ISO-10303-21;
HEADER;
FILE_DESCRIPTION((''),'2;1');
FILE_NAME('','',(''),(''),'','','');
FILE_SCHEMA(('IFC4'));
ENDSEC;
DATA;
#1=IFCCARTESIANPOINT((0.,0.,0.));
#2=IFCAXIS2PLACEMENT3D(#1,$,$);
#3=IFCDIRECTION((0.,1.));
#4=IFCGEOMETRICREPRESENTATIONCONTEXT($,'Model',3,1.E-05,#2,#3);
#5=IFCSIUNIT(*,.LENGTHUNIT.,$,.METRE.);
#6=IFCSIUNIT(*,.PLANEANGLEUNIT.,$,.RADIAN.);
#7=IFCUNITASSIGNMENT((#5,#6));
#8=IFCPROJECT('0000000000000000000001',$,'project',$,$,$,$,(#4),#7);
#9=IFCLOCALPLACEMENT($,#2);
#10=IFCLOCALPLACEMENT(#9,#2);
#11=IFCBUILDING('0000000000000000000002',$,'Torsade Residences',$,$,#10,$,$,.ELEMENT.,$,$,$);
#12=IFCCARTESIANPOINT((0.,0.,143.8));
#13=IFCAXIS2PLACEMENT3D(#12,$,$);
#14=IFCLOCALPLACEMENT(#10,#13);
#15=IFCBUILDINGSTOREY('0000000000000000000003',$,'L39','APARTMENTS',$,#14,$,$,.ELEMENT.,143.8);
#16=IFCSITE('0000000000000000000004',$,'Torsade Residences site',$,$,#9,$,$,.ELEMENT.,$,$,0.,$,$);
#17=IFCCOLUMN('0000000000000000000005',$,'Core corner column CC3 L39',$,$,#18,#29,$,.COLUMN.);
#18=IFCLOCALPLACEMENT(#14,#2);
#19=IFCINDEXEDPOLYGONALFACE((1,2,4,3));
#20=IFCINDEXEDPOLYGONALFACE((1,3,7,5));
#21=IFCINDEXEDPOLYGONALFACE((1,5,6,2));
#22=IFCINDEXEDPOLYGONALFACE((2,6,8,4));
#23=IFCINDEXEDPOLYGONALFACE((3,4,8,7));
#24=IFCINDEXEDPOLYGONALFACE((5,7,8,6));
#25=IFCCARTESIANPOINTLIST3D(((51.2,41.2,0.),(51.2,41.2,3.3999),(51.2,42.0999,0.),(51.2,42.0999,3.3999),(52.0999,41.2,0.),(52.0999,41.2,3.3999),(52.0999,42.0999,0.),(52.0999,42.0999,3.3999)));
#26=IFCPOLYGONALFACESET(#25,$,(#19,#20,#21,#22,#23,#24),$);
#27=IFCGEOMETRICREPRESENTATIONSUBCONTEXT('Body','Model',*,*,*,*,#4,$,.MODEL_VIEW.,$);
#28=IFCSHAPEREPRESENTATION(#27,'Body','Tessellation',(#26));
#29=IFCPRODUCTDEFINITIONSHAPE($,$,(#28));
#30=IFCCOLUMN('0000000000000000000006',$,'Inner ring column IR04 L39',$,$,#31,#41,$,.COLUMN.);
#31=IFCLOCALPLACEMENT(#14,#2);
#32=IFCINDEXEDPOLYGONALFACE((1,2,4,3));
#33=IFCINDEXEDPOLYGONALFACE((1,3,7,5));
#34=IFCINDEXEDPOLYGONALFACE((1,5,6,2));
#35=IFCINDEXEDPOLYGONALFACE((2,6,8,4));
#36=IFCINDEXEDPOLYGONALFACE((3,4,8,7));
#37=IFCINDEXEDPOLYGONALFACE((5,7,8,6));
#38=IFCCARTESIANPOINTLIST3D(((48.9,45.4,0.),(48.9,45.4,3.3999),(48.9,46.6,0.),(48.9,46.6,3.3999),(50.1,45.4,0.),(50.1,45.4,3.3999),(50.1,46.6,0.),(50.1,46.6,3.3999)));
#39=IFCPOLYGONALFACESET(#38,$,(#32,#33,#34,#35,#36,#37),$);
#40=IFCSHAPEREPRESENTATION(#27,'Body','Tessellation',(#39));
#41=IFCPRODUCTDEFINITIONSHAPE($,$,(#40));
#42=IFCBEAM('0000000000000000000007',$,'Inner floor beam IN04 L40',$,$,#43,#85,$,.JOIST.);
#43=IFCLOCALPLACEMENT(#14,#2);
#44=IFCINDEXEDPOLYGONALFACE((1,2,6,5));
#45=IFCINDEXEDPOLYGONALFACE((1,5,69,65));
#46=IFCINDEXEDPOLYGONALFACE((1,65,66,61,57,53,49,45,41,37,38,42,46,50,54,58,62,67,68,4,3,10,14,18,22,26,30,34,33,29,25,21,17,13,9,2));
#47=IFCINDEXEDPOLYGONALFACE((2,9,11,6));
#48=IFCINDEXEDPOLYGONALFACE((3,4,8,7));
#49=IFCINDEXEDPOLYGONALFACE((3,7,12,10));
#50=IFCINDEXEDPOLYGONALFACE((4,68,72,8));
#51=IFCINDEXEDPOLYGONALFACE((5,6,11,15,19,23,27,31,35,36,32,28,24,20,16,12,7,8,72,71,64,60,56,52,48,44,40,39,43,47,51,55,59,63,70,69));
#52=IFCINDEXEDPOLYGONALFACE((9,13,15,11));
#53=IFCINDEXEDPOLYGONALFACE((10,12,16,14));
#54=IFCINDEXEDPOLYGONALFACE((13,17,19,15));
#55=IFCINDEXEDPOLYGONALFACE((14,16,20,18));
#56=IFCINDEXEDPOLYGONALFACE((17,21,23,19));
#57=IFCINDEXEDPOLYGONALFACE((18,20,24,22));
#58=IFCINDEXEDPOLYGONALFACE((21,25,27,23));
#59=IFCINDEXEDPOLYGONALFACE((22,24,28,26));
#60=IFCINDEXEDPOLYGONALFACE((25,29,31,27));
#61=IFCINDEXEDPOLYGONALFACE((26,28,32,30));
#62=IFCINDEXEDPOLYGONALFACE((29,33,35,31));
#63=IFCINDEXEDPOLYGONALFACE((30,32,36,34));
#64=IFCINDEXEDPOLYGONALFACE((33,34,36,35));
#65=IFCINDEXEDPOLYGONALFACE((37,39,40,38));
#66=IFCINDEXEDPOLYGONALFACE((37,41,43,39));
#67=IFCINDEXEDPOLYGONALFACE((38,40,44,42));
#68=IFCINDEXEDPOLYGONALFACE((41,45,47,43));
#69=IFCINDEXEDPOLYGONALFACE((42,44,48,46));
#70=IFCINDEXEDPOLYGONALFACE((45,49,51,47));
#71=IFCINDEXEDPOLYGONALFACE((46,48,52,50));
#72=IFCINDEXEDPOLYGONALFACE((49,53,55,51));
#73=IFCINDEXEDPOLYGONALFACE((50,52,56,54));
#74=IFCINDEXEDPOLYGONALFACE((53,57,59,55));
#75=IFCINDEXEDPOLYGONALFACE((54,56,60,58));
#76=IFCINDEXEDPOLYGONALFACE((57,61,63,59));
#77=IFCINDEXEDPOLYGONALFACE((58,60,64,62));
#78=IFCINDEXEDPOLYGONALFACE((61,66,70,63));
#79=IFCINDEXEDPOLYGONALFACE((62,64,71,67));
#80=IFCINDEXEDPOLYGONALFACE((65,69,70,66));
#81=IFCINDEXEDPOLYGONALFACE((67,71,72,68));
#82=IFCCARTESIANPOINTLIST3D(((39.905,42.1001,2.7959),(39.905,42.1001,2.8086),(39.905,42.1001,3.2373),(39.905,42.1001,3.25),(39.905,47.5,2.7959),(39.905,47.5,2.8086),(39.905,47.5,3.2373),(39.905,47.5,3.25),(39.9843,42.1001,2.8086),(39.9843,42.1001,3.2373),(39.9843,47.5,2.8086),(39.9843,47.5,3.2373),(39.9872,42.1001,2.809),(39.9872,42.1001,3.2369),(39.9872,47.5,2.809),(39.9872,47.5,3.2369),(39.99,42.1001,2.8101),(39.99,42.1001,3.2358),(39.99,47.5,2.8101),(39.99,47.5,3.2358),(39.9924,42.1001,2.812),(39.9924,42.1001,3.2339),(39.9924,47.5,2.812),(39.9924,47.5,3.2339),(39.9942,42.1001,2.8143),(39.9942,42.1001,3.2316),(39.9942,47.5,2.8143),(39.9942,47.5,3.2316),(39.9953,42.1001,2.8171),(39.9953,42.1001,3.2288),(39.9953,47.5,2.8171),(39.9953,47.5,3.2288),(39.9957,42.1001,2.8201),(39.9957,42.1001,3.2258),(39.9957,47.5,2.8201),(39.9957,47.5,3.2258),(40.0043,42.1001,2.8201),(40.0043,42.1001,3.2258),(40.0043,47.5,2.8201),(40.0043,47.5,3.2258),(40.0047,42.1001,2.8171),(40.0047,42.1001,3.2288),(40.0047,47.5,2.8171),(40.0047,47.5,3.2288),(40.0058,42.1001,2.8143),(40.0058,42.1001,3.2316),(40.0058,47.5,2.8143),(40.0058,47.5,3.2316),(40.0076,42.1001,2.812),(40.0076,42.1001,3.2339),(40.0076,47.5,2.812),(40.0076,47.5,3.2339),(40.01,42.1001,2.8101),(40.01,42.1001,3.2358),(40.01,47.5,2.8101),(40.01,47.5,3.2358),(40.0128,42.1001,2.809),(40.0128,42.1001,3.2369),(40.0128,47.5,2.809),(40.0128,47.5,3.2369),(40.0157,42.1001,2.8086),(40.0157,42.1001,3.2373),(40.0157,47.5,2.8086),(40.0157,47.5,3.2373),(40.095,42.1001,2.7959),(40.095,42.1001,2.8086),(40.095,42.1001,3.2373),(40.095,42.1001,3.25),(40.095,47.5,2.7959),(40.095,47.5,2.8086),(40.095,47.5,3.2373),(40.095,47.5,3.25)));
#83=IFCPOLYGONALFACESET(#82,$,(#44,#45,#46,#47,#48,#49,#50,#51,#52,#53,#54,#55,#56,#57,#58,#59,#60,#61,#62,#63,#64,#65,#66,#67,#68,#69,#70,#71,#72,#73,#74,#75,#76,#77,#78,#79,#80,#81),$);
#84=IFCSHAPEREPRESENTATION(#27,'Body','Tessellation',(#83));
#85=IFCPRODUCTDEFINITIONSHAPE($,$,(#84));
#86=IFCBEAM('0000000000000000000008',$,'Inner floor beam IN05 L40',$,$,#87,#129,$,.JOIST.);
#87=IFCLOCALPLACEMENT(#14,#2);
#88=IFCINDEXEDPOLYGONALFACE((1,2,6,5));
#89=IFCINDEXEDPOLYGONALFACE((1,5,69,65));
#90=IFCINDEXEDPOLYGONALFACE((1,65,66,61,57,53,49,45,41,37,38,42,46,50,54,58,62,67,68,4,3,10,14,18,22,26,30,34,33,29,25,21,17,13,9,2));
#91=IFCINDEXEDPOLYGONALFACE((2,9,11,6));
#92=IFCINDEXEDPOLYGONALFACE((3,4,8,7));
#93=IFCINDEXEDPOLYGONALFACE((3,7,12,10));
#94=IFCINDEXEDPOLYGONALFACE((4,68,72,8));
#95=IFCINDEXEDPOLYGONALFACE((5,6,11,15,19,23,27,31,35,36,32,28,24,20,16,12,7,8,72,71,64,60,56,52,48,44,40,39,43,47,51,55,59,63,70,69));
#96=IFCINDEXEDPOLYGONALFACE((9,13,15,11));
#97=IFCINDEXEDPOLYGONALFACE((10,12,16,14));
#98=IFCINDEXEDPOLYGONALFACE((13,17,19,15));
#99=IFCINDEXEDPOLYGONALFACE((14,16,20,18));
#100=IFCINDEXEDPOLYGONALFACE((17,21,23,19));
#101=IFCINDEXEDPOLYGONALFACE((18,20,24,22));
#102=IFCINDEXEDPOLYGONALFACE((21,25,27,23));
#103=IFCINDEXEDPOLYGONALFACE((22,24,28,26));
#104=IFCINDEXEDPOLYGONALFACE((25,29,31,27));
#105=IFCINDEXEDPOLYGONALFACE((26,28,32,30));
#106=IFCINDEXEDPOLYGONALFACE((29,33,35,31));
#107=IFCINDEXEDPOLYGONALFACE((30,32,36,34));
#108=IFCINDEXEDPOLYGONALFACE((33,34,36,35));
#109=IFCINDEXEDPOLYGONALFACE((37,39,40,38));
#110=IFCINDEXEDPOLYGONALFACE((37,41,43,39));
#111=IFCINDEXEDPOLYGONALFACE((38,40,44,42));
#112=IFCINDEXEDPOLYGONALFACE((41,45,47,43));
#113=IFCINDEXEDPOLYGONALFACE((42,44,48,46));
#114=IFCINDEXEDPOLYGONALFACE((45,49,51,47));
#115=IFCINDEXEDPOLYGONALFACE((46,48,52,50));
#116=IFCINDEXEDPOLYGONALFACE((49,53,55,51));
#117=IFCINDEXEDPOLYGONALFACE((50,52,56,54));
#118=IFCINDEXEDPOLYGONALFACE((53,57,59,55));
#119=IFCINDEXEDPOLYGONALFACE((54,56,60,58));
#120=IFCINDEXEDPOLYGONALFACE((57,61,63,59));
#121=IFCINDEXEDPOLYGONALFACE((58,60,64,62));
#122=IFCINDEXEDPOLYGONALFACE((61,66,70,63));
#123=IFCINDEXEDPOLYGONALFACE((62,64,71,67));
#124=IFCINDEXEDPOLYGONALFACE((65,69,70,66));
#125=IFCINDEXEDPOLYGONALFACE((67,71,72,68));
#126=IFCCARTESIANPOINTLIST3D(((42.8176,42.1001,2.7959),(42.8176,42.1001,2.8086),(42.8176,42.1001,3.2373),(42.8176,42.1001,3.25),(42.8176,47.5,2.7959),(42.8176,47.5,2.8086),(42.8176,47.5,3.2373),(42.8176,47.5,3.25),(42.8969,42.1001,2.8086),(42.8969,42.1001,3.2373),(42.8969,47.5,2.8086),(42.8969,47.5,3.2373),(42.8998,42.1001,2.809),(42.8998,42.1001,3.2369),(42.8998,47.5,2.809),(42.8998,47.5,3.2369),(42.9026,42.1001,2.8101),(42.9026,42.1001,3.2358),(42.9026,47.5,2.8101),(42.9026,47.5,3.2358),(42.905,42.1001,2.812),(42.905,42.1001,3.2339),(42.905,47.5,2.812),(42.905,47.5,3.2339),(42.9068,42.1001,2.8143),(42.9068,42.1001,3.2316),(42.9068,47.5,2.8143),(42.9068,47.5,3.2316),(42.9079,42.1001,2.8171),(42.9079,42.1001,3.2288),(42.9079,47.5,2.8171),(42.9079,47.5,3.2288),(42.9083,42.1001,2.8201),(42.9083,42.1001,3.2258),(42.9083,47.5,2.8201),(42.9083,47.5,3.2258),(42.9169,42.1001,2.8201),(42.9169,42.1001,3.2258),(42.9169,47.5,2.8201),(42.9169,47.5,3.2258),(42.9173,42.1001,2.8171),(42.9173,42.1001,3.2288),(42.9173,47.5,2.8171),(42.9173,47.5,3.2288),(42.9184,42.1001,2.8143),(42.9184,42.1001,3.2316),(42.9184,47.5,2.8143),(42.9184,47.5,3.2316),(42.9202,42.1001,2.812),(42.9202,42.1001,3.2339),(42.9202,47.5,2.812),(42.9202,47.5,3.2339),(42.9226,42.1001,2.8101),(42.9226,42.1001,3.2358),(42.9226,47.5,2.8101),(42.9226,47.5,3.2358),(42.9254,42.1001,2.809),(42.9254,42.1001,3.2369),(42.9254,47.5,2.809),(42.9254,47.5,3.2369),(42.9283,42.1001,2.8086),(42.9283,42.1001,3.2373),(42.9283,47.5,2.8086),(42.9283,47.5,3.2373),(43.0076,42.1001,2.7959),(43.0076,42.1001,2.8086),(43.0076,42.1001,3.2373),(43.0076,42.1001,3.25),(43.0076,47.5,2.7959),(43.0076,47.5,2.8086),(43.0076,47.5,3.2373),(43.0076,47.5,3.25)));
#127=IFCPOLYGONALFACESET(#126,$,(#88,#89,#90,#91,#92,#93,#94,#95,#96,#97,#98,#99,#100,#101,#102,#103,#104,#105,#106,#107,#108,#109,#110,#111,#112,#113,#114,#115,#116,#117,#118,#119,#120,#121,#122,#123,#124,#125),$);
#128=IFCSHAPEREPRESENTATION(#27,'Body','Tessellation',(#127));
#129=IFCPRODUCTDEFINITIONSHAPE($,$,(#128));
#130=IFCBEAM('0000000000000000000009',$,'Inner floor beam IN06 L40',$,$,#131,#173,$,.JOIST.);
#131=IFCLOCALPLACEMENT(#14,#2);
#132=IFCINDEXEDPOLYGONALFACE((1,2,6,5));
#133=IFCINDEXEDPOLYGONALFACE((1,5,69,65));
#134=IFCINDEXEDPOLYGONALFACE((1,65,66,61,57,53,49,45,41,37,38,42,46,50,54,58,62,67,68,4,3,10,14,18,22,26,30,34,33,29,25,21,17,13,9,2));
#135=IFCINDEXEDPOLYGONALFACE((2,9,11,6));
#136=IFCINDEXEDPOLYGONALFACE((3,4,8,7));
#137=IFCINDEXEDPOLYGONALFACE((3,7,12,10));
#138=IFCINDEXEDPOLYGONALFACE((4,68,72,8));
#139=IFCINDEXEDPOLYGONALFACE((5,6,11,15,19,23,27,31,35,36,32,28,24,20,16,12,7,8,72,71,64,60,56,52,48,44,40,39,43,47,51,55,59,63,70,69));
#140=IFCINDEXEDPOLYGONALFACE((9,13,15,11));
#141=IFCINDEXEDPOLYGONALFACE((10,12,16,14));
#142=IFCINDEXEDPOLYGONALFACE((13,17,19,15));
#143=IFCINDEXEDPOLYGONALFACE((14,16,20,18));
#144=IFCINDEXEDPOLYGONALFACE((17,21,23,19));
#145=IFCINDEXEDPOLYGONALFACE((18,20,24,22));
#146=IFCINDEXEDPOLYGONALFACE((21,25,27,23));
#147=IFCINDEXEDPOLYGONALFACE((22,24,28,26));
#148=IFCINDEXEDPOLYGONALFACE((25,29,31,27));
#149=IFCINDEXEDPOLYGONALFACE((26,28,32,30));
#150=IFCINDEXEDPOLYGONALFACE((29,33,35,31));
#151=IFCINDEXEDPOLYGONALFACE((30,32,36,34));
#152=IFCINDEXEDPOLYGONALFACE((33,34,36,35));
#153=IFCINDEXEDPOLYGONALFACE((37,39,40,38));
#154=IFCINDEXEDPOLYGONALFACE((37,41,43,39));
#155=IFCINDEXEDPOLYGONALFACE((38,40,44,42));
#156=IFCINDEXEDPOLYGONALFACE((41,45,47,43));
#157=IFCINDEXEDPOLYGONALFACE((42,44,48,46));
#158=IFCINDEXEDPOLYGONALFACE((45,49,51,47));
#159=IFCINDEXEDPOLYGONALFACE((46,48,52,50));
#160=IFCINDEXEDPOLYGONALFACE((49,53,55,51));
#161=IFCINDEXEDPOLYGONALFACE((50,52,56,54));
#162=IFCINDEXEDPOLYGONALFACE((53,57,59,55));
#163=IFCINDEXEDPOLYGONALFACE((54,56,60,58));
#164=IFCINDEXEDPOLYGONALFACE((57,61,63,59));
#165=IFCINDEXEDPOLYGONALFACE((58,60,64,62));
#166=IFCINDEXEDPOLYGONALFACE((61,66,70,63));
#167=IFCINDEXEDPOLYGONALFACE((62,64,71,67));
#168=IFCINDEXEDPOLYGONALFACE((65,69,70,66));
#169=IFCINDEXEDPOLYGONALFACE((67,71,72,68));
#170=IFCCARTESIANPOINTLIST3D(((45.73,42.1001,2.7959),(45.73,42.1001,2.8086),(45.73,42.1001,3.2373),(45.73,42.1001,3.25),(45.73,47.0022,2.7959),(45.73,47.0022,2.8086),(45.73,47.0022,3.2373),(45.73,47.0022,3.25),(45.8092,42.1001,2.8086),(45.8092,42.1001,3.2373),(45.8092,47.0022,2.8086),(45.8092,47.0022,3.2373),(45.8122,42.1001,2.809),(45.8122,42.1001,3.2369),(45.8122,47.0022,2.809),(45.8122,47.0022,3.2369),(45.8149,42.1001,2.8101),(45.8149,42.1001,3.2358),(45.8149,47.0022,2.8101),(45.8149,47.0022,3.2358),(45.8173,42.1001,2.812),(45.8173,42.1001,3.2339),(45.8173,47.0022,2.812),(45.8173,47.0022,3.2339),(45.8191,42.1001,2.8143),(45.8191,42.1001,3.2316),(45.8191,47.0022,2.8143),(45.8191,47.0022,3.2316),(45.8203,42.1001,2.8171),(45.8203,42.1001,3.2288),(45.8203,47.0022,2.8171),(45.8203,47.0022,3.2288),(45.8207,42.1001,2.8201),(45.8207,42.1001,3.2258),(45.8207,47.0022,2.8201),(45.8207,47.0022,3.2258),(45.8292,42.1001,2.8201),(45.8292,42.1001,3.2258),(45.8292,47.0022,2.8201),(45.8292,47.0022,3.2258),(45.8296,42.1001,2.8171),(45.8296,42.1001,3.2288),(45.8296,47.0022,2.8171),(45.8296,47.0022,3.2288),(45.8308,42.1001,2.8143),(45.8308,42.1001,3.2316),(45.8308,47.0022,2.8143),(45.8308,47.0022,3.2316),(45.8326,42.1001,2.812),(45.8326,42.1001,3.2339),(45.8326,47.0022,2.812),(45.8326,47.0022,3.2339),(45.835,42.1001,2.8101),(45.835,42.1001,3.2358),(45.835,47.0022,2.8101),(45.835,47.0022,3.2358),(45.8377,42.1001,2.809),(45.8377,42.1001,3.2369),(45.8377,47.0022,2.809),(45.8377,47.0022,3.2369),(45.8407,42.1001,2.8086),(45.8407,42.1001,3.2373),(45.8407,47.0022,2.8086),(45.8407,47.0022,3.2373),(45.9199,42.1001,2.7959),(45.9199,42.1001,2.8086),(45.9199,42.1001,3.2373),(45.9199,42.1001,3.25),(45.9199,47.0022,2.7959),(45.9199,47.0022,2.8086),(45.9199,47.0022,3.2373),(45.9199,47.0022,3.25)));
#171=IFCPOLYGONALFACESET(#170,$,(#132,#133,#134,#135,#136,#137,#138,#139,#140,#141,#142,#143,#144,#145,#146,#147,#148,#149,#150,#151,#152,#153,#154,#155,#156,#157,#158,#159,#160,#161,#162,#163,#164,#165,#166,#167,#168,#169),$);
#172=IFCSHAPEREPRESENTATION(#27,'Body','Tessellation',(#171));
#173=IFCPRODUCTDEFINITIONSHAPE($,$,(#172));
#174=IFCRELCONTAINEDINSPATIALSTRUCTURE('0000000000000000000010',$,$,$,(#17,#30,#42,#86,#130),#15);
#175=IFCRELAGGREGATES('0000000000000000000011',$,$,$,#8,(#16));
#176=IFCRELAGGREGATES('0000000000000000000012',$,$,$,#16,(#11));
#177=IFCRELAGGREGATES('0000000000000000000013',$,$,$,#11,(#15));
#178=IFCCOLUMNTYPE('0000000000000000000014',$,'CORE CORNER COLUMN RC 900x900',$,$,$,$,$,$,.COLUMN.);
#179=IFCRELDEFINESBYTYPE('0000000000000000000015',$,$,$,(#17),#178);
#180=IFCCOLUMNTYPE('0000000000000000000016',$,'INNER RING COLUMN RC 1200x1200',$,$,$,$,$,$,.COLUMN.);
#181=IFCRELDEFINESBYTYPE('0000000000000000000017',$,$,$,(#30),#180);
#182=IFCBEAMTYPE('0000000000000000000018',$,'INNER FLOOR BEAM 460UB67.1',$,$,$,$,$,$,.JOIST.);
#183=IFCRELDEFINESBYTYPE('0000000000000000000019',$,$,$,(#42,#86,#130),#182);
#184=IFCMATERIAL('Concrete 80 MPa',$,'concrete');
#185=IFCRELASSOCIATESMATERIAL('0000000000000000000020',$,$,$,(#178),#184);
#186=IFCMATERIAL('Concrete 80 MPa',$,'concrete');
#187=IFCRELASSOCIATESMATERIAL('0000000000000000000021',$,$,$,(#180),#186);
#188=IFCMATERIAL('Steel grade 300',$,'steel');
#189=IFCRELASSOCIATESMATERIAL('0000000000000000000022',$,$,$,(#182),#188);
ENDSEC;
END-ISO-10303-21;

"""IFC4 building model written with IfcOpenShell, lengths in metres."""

from ifc_helpers import new_model, si_unit, direction, frame, origin, origin_2d, place, context, subcontext, project, spatial, rectangle, i_section, extrude, material, material_profile, profile_set, type_object, element, save


model = new_model("IFC4")

# Units and contexts
model_context = context("Model", 3, precision=1e-05, world=origin(), true_north=direction((0.0, 1.0)))
body_context = subcontext(model_context, "Body", "Model", "MODEL_VIEW")
ifc_project = project(units=[si_unit("LENGTHUNIT", "METRE"), si_unit("PLANEANGLEUNIT", "RADIAN")], contexts=[model_context])

# Site, building, storey
site_placement = place(None, origin())
site = spatial("IfcSite", under=ifc_project, at=site_placement, Name="Torsade Residences site", CompositionType="ELEMENT", RefElevation=0.0)
building_placement = place(site_placement, origin())
building = spatial("IfcBuilding", under=site, at=building_placement, Name="Torsade Residences", CompositionType="ELEMENT")
storey_placement = place(building_placement, frame((0.0, 0.0, 143.8)))
storey = spatial("IfcBuildingStorey", under=building, at=storey_placement, Name="L39", Description="APARTMENTS", CompositionType="ELEMENT", Elevation=143.8)

# Columns
ifc_material_1 = material(Name="Concrete 80 MPa", Category="concrete")
ifc_material_profile_1 = material_profile(ifc_material_1, rectangle(XDim=0.8999, YDim=0.8999, at=origin_2d()), Name="RC 900x900")
ifc_profile_set_1 = profile_set([ifc_material_profile_1], Name="Concrete 80 MPa")
column_type_1 = type_object("IfcColumnType", Name="CORE CORNER COLUMN RC 900x900", PredefinedType="COLUMN", material=ifc_profile_set_1)
column_1_placement = place(storey_placement, frame((51.6499, 41.6499, 0.0), z_axis=(0.0, 0.0, 1.0), x_axis=(1.0, 0.0, 0.0)))
element("IfcColumn", 1, at=column_1_placement, inside=storey, type_object=column_type_1, Name="Core corner column CC3 L39", PredefinedType="COLUMN", context=body_context, shape_type="SweptSolid", body=[
    extrude(rectangle(XDim=0.8999, YDim=0.8999, at=origin_2d()), origin(), (0.0, 0.0, 1.0), 3.3999),
])
ifc_material_2 = material(Name="Concrete 80 MPa", Category="concrete")
ifc_material_profile_2 = material_profile(ifc_material_2, rectangle(XDim=1.2, YDim=1.2, at=origin_2d()), Name="RC 1200x1200")
ifc_profile_set_2 = profile_set([ifc_material_profile_2], Name="Concrete 80 MPa")
column_type_2 = type_object("IfcColumnType", Name="INNER RING COLUMN RC 1200x1200", PredefinedType="COLUMN", material=ifc_profile_set_2)
column_2_placement = place(storey_placement, frame((49.5, 46.0, 0.0), z_axis=(0.0, 0.0, 1.0), x_axis=(1.0, 0.0, 0.0)))
element("IfcColumn", 2, at=column_2_placement, inside=storey, type_object=column_type_2, Name="Inner ring column IR04 L39", PredefinedType="COLUMN", context=body_context, shape_type="SweptSolid", body=[
    extrude(rectangle(XDim=1.2, YDim=1.2, at=origin_2d()), origin(), (0.0, 0.0, 1.0), 3.3999),
])

# Beams
ifc_material_3 = material(Name="Steel grade 300", Category="steel")
ifc_material_profile_3 = material_profile(ifc_material_3, i_section(OverallWidth=0.1899, OverallDepth=0.4541, WebThickness=0.0085, FlangeThickness=0.0127, FilletRadius=0.0115, at=origin_2d()), Name="460UB67.1")
ifc_profile_set_3 = profile_set([ifc_material_profile_3], Name="Steel grade 300")
beam_type_1 = type_object("IfcBeamType", Name="INNER FLOOR BEAM 460UB67.1", PredefinedType="JOIST", material=ifc_profile_set_3)
for number, where, z_axis, x_axis, name in (
    (3, (40.0, 42.1001, 3.0229), (0.0, 1.0, 0.0), (-1.0, 0.0, 0.0), "Inner floor beam IN04 L40"),
    (4, (42.9126, 42.1001, 3.0229), (0.0, 1.0, 0.0), (-1.0, 0.0, 0.0), "Inner floor beam IN05 L40"),
):
    element("IfcBeam", number, at=place(storey_placement, frame(where, z_axis=z_axis, x_axis=x_axis)), inside=storey, type_object=beam_type_1, Name=name, PredefinedType="JOIST", context=body_context, shape_type="SweptSolid", body=[
        extrude(i_section(OverallWidth=0.1899, OverallDepth=0.4541, WebThickness=0.0085, FlangeThickness=0.0127, FilletRadius=0.0115, at=origin_2d()), origin(), (0.0, 0.0, 1.0), 5.3999),
    ])
beam_1_placement = place(storey_placement, frame((45.825, 42.1001, 3.0229), z_axis=(0.0, 1.0, 0.0), x_axis=(-1.0, 0.0, 0.0)))
element("IfcBeam", 5, at=beam_1_placement, inside=storey, type_object=beam_type_1, Name="Inner floor beam IN06 L40", PredefinedType="JOIST", context=body_context, shape_type="SweptSolid", body=[
    extrude(i_section(OverallWidth=0.1899, OverallDepth=0.4541, WebThickness=0.0085, FlangeThickness=0.0127, FilletRadius=0.0115, at=origin_2d()), origin(), (0.0, 0.0, 1.0), 4.9021),
])

save(model, "model.ifc")
